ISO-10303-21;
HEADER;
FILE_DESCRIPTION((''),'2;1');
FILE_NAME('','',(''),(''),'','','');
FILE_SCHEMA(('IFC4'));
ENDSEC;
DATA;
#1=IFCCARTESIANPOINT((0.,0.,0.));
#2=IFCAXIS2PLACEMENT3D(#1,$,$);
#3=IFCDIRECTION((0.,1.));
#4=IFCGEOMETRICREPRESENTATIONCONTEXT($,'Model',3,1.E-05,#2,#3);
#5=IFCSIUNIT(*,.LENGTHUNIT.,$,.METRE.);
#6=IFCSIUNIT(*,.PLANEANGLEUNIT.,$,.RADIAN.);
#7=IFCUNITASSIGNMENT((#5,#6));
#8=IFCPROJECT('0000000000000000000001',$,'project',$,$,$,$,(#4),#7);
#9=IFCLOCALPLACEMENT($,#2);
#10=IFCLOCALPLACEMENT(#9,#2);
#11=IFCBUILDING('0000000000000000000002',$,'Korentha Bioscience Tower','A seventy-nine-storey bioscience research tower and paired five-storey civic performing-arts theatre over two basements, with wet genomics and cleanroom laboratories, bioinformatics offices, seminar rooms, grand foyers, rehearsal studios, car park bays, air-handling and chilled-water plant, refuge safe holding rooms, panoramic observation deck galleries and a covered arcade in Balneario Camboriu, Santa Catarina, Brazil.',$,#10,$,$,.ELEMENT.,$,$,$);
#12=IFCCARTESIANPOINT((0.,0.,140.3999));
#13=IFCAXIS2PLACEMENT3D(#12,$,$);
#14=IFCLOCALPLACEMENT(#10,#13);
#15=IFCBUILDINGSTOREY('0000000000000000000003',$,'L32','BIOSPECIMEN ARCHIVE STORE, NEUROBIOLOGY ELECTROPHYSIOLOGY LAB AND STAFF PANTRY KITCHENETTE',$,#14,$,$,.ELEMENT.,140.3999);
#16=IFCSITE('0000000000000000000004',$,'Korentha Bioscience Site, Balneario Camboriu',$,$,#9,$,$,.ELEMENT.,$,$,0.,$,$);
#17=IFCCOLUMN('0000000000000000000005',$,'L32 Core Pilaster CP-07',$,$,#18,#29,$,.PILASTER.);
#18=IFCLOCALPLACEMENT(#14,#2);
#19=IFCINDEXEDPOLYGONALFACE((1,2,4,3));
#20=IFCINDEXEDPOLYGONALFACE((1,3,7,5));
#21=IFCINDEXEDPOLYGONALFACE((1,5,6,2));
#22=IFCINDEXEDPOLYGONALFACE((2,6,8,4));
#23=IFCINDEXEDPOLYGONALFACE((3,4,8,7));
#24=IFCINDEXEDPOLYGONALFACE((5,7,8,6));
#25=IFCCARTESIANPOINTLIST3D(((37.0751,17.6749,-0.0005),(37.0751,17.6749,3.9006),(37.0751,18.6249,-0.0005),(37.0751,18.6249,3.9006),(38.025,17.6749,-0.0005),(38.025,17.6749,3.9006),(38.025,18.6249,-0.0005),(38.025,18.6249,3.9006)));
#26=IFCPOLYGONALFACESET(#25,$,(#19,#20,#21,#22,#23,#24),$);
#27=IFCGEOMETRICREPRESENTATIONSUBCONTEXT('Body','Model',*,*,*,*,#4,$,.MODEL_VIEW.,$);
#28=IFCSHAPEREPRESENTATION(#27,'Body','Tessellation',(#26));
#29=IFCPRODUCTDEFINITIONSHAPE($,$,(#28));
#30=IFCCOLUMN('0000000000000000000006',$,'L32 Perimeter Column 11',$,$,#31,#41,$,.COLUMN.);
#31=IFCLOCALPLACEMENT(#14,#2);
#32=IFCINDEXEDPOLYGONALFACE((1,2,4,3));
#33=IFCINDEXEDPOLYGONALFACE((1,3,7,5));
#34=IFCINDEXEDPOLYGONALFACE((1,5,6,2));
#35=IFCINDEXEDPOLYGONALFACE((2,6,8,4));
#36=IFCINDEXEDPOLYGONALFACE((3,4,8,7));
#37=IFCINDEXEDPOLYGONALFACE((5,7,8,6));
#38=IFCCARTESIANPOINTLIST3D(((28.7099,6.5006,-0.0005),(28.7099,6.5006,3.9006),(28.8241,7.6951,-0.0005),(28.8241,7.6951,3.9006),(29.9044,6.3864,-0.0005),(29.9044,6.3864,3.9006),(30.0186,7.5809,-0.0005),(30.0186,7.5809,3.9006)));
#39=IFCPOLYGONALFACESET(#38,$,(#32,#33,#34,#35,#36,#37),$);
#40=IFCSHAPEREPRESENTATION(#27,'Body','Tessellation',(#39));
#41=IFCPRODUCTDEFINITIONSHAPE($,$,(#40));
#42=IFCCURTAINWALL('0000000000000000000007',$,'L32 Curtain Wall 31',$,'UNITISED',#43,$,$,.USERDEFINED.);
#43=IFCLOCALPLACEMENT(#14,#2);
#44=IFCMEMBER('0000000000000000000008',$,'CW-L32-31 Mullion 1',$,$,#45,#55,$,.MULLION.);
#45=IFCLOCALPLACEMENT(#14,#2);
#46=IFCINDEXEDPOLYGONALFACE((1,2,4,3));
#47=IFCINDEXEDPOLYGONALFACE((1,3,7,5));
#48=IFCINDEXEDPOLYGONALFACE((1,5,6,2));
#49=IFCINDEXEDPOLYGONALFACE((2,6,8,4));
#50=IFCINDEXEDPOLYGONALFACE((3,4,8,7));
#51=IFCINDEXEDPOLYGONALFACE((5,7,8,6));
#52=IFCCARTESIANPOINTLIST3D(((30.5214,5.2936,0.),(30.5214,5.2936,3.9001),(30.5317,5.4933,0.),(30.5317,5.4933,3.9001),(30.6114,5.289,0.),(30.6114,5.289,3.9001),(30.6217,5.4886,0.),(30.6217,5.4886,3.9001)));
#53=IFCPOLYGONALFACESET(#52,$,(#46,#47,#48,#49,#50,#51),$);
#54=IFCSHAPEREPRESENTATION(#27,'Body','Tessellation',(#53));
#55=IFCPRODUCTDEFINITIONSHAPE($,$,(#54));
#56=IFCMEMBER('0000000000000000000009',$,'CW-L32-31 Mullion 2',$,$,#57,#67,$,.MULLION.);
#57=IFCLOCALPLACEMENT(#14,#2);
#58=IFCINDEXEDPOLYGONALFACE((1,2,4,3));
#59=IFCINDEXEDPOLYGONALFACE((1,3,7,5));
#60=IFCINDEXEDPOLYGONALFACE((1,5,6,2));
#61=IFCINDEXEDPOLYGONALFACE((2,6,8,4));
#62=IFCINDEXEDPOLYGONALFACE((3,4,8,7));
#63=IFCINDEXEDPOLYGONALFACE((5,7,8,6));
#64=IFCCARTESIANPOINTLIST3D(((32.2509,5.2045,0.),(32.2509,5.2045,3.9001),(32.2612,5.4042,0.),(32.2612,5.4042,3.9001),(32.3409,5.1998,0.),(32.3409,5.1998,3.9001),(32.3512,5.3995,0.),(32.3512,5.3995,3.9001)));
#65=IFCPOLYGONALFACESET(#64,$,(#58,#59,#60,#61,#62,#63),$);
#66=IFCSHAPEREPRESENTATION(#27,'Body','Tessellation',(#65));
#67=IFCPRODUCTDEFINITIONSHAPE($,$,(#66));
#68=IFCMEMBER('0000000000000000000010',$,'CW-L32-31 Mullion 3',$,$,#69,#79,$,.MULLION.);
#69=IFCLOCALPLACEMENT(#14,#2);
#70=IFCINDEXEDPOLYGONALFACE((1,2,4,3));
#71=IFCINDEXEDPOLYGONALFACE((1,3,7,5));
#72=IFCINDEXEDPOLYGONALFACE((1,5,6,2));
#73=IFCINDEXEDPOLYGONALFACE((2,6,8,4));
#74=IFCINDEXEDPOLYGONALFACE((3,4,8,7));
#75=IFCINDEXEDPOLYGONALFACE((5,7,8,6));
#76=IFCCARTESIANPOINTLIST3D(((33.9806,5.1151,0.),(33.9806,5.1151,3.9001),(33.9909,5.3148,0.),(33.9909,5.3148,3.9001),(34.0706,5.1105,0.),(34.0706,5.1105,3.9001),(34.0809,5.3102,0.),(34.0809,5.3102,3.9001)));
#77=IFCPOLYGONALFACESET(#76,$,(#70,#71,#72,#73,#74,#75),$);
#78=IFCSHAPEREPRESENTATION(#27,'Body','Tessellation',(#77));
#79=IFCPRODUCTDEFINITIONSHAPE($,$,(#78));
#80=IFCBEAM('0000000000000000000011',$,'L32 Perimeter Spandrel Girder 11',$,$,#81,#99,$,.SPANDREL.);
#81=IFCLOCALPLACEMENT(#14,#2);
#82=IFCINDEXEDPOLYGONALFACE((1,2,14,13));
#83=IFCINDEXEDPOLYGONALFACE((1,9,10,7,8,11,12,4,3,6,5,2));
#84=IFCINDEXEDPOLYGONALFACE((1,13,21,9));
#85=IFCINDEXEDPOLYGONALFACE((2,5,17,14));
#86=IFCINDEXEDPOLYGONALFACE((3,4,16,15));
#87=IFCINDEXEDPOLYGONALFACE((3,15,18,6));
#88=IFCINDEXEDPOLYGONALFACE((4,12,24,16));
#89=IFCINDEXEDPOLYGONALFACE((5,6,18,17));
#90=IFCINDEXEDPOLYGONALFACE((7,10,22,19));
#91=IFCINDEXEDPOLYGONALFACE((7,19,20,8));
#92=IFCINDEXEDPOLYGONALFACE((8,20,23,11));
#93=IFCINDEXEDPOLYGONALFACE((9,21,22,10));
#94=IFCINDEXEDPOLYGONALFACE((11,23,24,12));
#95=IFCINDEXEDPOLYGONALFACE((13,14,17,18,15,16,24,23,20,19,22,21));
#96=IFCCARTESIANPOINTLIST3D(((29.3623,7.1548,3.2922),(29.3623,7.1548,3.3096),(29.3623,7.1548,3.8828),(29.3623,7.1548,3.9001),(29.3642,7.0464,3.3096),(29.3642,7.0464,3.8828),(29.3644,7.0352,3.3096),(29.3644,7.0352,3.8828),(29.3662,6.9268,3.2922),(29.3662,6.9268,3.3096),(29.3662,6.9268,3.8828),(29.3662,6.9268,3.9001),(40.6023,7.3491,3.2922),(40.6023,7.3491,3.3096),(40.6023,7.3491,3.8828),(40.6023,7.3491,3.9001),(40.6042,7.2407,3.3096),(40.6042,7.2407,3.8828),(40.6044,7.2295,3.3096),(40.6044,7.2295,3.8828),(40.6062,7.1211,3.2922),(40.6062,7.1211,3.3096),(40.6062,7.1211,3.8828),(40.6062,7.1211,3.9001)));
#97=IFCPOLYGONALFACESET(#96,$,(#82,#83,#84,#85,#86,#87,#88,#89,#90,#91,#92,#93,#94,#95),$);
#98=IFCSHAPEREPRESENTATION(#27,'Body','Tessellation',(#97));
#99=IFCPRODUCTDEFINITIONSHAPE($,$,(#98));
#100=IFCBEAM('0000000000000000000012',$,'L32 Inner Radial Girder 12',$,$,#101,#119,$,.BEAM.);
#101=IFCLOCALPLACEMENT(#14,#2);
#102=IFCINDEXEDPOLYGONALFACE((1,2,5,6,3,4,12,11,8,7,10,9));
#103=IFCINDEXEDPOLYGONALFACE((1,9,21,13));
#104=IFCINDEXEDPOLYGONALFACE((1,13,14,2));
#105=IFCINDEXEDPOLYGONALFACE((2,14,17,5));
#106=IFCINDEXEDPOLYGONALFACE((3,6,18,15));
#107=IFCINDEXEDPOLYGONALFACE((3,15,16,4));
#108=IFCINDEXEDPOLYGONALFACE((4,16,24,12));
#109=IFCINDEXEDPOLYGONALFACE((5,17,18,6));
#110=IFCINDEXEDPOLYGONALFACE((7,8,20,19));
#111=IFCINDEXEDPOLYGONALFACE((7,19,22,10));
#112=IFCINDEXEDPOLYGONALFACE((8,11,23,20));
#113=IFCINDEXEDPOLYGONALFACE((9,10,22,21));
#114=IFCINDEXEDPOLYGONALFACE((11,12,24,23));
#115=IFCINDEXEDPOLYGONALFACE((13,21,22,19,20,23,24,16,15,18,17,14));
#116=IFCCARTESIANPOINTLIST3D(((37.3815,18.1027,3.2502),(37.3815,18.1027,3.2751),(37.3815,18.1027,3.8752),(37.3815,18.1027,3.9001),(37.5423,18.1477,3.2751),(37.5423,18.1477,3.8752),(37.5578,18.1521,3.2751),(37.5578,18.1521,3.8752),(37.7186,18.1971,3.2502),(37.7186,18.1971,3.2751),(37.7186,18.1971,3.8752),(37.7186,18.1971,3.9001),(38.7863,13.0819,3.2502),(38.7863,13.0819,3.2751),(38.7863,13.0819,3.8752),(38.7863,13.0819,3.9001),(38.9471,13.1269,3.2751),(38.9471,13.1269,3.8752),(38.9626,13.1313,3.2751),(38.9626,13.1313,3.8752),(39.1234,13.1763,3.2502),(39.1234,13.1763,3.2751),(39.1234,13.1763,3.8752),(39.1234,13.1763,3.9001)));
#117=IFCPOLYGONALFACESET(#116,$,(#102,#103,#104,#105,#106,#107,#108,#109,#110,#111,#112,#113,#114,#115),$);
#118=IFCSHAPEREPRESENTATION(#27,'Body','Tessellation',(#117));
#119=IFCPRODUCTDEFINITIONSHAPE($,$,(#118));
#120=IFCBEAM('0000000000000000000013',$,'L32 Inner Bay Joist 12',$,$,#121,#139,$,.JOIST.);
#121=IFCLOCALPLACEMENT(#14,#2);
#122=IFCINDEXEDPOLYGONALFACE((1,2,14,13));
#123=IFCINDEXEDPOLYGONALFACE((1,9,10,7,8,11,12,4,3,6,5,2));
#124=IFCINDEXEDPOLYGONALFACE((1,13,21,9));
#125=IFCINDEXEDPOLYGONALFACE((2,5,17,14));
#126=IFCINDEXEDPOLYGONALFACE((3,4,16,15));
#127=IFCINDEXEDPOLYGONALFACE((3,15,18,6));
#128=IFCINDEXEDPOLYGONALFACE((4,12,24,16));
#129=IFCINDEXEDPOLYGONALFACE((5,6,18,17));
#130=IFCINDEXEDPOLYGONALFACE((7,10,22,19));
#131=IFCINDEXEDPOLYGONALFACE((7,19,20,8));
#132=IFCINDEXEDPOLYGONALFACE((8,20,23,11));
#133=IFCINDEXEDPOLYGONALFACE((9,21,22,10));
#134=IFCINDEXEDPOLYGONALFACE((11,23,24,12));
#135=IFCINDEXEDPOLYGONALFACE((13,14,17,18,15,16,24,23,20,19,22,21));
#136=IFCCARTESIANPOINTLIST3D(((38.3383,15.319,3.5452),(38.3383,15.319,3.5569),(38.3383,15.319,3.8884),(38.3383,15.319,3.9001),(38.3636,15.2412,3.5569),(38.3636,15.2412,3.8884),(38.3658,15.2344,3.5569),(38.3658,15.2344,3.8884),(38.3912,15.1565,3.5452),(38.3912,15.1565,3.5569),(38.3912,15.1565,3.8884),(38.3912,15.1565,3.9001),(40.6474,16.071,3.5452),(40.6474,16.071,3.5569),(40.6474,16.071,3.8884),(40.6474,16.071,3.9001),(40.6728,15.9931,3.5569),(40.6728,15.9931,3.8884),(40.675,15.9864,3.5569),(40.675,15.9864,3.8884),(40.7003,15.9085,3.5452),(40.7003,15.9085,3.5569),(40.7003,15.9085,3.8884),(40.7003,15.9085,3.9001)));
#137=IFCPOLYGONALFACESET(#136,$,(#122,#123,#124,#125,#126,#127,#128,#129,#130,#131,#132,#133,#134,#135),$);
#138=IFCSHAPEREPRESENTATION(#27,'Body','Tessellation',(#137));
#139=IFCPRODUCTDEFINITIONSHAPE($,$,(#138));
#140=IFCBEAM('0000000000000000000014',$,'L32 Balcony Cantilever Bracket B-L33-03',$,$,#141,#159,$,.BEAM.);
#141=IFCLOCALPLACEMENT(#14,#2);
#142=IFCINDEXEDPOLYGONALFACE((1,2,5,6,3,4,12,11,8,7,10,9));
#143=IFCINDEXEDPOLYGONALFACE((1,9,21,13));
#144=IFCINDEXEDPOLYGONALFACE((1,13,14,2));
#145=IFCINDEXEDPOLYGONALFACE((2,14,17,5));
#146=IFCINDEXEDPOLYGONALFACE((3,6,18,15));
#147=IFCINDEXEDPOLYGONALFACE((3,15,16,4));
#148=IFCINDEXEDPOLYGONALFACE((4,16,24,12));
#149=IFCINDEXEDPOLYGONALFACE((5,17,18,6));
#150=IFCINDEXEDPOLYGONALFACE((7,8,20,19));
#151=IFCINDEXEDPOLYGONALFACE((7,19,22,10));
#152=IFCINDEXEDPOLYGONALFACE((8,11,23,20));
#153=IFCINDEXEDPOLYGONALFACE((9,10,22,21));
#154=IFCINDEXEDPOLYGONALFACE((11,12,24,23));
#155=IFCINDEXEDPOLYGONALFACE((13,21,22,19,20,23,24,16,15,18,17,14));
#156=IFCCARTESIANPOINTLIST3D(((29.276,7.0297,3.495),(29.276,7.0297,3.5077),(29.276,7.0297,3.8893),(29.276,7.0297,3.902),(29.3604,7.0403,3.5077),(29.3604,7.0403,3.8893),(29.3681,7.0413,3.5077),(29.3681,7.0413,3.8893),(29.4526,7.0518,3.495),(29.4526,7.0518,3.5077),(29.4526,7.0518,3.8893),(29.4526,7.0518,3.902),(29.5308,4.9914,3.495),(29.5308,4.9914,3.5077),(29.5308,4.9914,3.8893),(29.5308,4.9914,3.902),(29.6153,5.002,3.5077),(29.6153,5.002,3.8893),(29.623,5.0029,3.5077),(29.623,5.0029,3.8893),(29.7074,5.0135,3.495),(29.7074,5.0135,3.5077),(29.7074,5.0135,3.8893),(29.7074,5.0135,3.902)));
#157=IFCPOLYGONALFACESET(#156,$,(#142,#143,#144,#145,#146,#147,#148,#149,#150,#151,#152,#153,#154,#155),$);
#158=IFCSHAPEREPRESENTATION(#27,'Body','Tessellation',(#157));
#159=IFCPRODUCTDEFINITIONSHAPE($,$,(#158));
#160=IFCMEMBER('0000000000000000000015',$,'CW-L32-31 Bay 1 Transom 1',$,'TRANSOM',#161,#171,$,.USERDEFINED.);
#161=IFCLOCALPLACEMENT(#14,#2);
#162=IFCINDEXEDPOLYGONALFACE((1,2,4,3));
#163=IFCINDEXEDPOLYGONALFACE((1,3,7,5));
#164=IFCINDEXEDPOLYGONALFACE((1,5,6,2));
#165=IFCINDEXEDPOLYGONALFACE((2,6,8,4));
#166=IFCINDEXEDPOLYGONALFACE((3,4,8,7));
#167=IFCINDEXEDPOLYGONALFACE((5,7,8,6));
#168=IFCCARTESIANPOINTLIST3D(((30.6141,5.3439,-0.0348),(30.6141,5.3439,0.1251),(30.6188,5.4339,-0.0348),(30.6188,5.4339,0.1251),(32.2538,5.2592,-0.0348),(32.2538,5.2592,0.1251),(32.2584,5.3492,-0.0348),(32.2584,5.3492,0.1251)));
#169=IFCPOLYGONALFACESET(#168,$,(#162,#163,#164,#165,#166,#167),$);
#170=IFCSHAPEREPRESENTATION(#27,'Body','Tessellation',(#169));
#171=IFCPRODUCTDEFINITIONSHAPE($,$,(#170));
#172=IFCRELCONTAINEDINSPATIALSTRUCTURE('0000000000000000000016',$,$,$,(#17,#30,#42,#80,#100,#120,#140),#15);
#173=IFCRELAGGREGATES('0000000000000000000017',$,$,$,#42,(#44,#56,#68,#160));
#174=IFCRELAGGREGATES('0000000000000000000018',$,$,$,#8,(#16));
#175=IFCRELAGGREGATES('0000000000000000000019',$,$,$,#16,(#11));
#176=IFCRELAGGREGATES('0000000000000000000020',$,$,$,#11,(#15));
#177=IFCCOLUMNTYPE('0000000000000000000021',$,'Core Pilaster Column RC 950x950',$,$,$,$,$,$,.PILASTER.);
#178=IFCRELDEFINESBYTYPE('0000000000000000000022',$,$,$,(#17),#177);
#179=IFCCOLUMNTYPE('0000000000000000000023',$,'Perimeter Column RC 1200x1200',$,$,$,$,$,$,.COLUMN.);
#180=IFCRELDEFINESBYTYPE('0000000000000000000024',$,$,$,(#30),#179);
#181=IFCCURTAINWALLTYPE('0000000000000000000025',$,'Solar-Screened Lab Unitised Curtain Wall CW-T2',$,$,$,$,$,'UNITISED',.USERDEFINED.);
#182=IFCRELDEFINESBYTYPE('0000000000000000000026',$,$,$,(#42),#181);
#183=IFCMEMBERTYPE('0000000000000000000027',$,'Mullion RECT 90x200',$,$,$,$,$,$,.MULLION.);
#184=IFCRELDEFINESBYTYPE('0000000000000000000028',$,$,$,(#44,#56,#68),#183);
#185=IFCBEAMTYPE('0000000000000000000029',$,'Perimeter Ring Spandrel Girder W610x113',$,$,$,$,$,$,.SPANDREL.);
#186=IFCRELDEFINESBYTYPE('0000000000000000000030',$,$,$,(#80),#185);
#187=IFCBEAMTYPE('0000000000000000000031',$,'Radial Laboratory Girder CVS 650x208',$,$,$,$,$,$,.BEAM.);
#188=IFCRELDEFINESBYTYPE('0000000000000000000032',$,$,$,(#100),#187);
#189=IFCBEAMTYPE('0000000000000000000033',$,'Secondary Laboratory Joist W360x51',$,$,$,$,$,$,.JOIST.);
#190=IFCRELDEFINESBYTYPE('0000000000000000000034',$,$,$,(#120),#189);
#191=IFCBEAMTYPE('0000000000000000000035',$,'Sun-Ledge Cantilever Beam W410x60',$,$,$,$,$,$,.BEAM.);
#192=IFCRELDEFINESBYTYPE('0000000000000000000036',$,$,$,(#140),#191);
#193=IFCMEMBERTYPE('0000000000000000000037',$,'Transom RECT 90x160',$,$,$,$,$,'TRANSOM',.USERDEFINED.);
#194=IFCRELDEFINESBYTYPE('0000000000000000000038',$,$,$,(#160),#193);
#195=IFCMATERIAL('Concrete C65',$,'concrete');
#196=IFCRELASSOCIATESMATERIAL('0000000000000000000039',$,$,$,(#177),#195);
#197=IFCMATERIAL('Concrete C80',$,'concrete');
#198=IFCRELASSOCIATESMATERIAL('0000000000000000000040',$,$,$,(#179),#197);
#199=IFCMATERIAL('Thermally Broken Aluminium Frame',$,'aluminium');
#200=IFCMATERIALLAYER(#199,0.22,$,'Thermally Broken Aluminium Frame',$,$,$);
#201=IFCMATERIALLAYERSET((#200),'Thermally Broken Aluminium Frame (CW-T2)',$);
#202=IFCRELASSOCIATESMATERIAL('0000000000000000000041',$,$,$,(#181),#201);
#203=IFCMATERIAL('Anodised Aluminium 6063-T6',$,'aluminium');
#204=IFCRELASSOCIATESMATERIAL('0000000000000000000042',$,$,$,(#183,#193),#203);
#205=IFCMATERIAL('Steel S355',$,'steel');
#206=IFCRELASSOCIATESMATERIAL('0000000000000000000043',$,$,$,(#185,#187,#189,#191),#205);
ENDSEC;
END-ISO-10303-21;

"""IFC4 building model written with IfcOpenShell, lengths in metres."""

from ifc_helpers import new_model, si_unit, direction, frame, origin, origin_2d, place, context, subcontext, project, spatial, rectangle, i_section, extrude, material, layer, layer_set, material_profile, profile_set, type_object, element, aggregate, save


model = new_model("IFC4")

# Units and contexts
model_context = context("Model", 3, precision=1e-05, world=origin(), true_north=direction((0.0, 1.0)))
body_context = subcontext(model_context, "Body", "Model", "MODEL_VIEW")
ifc_project = project(units=[si_unit("LENGTHUNIT", "METRE"), si_unit("PLANEANGLEUNIT", "RADIAN")], contexts=[model_context])

# Site, building, storey
site_placement = place(None, origin())
site = spatial("IfcSite", under=ifc_project, at=site_placement, Name="Korentha Bioscience Site, Balneario Camboriu", CompositionType="ELEMENT", RefElevation=0.0)
building_placement = place(site_placement, origin())
building = spatial("IfcBuilding", under=site, at=building_placement, Name="Korentha Bioscience Tower", Description="A seventy-nine-storey bioscience research tower and paired five-storey civic performing-arts theatre over two basements, with wet genomics and cleanroom laboratories, bioinformatics offices, seminar rooms, grand foyers, rehearsal studios, car park bays, air-handling and chilled-water plant, refuge safe holding rooms, panoramic observation deck galleries and a covered arcade in Balneario Camboriu, Santa Catarina, Brazil.", CompositionType="ELEMENT")
storey_placement = place(building_placement, frame((0.0, 0.0, 140.3999)))
storey = spatial("IfcBuildingStorey", under=building, at=storey_placement, Name="L32", Description="BIOSPECIMEN ARCHIVE STORE, NEUROBIOLOGY ELECTROPHYSIOLOGY LAB AND STAFF PANTRY KITCHENETTE", CompositionType="ELEMENT", Elevation=140.3999)

# Columns
ifc_material_1 = material(Name="Concrete C65", Category="concrete")
ifc_material_profile_1 = material_profile(ifc_material_1, rectangle(XDim=0.95, YDim=0.95, at=origin_2d()), Name="Concrete C65")
ifc_profile_set_1 = profile_set([ifc_material_profile_1], Name="Concrete C65 (COL-CP09)")
column_type_1 = type_object("IfcColumnType", Name="Core Pilaster Column RC 950x950", PredefinedType="PILASTER", material=ifc_profile_set_1)
column_1_placement = place(storey_placement, frame((37.55, 18.1499, -0.0005), z_axis=(0.0, 0.0, 1.0), x_axis=(1.0, 0.0, 0.0)))
element("IfcColumn", 1, at=column_1_placement, inside=storey, type_object=column_type_1, Name="L32 Core Pilaster CP-07", PredefinedType="PILASTER", context=body_context, shape_type="SweptSolid", body=[
    extrude(rectangle(XDim=0.95, YDim=0.95, at=origin_2d()), origin(), (0.0, 0.0, 1.0), 3.9011),
])
ifc_material_2 = material(Name="Concrete C80", Category="concrete")
ifc_material_profile_2 = material_profile(ifc_material_2, rectangle(XDim=1.2, YDim=1.2, at=origin_2d()), Name="Concrete C80")
ifc_profile_set_2 = profile_set([ifc_material_profile_2], Name="Concrete C80 (COL-P12)")
column_type_2 = type_object("IfcColumnType", Name="Perimeter Column RC 1200x1200", PredefinedType="COLUMN", material=ifc_profile_set_2)
column_2_placement = place(storey_placement, frame((29.3643, 7.0408, -0.0005), z_axis=(0.0, 0.0, 1.0), x_axis=(-0.995463, 0.095151, 0.0)))
element("IfcColumn", 2, at=column_2_placement, inside=storey, type_object=column_type_2, Name="L32 Perimeter Column 11", PredefinedType="COLUMN", context=body_context, shape_type="SweptSolid", body=[
    extrude(rectangle(XDim=1.2, YDim=1.2, at=origin_2d()), origin(), (0.0, 0.0, 1.0), 3.9011),
])

# Curtain wall, members
ifc_material_3 = material(Name="Thermally Broken Aluminium Frame", Category="aluminium")
ifc_layer_1 = layer(ifc_material_3, 0.22, Name="Thermally Broken Aluminium Frame")
ifc_layer_set_1 = layer_set([ifc_layer_1], Name="Thermally Broken Aluminium Frame (CW-T2)")
curtain_wall_type = type_object("IfcCurtainWallType", Name="Solar-Screened Lab Unitised Curtain Wall CW-T2", ElementType="UNITISED", PredefinedType="USERDEFINED", material=ifc_layer_set_1)
curtain_wall_placement = place(storey_placement, origin())
curtain_wall = element("IfcCurtainWall", 3, at=curtain_wall_placement, inside=storey, type_object=curtain_wall_type, Name="L32 Curtain Wall 31", ObjectType="UNITISED", PredefinedType="USERDEFINED")
ifc_material_4 = material(Name="Anodised Aluminium 6063-T6", Category="aluminium")
ifc_material_profile_3 = material_profile(ifc_material_4, rectangle(XDim=0.0901, YDim=0.2, at=origin_2d()), Name="Anodised Aluminium 6063-T6")
ifc_profile_set_3 = profile_set([ifc_material_profile_3], Name="Anodised Aluminium 6063-T6 (CW-MUL)")
member_type_1 = type_object("IfcMemberType", Name="Mullion RECT 90x200", PredefinedType="MULLION", material=ifc_profile_set_3)
member_1_placement = place(storey_placement, frame((30.5715, 5.3911, 0.0), z_axis=(0.0, 0.0, 1.0), x_axis=(0.998673, -0.051495, 0.0)))
member_1 = element("IfcMember", 4, at=member_1_placement, type_object=member_type_1, Name="CW-L32-31 Mullion 1", PredefinedType="MULLION", context=body_context, shape_type="SweptSolid", body=[
    extrude(rectangle(XDim=0.0901, YDim=0.2, at=origin_2d()), origin(), (0.0, 0.0, 1.0), 3.9001),
])
member_2_placement = place(storey_placement, frame((32.301, 5.302, 0.0), z_axis=(0.0, 0.0, 1.0), x_axis=(0.998673, -0.051495, 0.0)))
member_2 = element("IfcMember", 5, at=member_2_placement, type_object=member_type_1, Name="CW-L32-31 Mullion 2", PredefinedType="MULLION", context=body_context, shape_type="SweptSolid", body=[
    extrude(rectangle(XDim=0.0901, YDim=0.2, at=origin_2d()), origin(), (0.0, 0.0, 1.0), 3.9001),
])
member_3_placement = place(storey_placement, frame((34.0308, 5.2126, 0.0), z_axis=(0.0, 0.0, 1.0), x_axis=(0.998673, -0.051495, 0.0)))
member_3 = element("IfcMember", 6, at=member_3_placement, type_object=member_type_1, Name="CW-L32-31 Mullion 3", PredefinedType="MULLION", context=body_context, shape_type="SweptSolid", body=[
    extrude(rectangle(XDim=0.0901, YDim=0.2, at=origin_2d()), origin(), (0.0, 0.0, 1.0), 3.9001),
])

# Beams
ifc_material_5 = material(Name="Steel S355", Category="steel")
ifc_material_profile_4 = material_profile(ifc_material_5, i_section(OverallWidth=0.228, OverallDepth=0.6079, WebThickness=0.0112, FlangeThickness=0.0173, at=origin_2d()), Name="Steel S355")
ifc_profile_set_4 = profile_set([ifc_material_profile_4], Name="Steel S355 (SB-610)")
beam_type_1 = type_object("IfcBeamType", Name="Perimeter Ring Spandrel Girder W610x113", PredefinedType="SPANDREL", material=ifc_profile_set_4)
beam_1_placement = place(storey_placement, frame((29.3643, 7.0408, 3.5962), z_axis=(0.999851, 0.017287, 0.0), x_axis=(-0.017287, 0.999851, 0.0)))
element("IfcBeam", 7, at=beam_1_placement, inside=storey, type_object=beam_type_1, Name="L32 Perimeter Spandrel Girder 11", PredefinedType="SPANDREL", context=body_context, shape_type="SweptSolid", body=[
    extrude(i_section(OverallWidth=0.228, OverallDepth=0.6079, WebThickness=0.0112, FlangeThickness=0.0173, at=origin_2d()), origin(), (0.0, 0.0, 1.0), 11.2417),
])
ifc_material_profile_5 = material_profile(ifc_material_5, i_section(OverallWidth=0.3501, OverallDepth=0.6499, WebThickness=0.0161, FlangeThickness=0.0249, at=origin_2d()), Name="Steel S355")
ifc_profile_set_5 = profile_set([ifc_material_profile_5], Name="Steel S355 (RB-650)")
beam_type_2 = type_object("IfcBeamType", Name="Radial Laboratory Girder CVS 650x208", PredefinedType="BEAM", material=ifc_profile_set_5)
beam_2_placement = place(storey_placement, frame((37.55, 18.1499, 3.5752), z_axis=(0.269448, -0.963015, 0.0), x_axis=(0.963015, 0.269448, 0.0)))
element("IfcBeam", 8, at=beam_2_placement, inside=storey, type_object=beam_type_2, Name="L32 Inner Radial Girder 12", PredefinedType="BEAM", context=body_context, shape_type="SweptSolid", body=[
    extrude(i_section(OverallWidth=0.3501, OverallDepth=0.6499, WebThickness=0.0161, FlangeThickness=0.0249, at=origin_2d()), origin(), (0.0, 0.0, 1.0), 5.2136),
])
ifc_material_profile_6 = material_profile(ifc_material_5, i_section(OverallWidth=0.1709, OverallDepth=0.355, WebThickness=0.0071, FlangeThickness=0.0117, at=origin_2d()), Name="Steel S355")
ifc_profile_set_6 = profile_set([ifc_material_profile_6], Name="Steel S355 (JB-360)")
beam_type_3 = type_object("IfcBeamType", Name="Secondary Laboratory Joist W360x51", PredefinedType="JOIST", material=ifc_profile_set_6)
beam_3_placement = place(storey_placement, frame((38.3647, 15.2378, 3.7227), z_axis=(0.950852, 0.309645, 0.0), x_axis=(-0.309645, 0.950852, 0.0)))
element("IfcBeam", 9, at=beam_3_placement, inside=storey, type_object=beam_type_3, Name="L32 Inner Bay Joist 12", PredefinedType="JOIST", context=body_context, shape_type="SweptSolid", body=[
    extrude(i_section(OverallWidth=0.1709, OverallDepth=0.355, WebThickness=0.0071, FlangeThickness=0.0117, at=origin_2d()), origin(), (0.0, 0.0, 1.0), 2.4285),
])
ifc_material_profile_7 = material_profile(ifc_material_5, i_section(OverallWidth=0.178, OverallDepth=0.407, WebThickness=0.0078, FlangeThickness=0.0127, at=origin_2d()), Name="Steel S355")
ifc_profile_set_7 = profile_set([ifc_material_profile_7], Name="Steel S355 (CB-410)")
beam_type_4 = type_object("IfcBeamType", Name="Sun-Ledge Cantilever Beam W410x60", PredefinedType="BEAM", material=ifc_profile_set_7)
beam_4_placement = place(storey_placement, frame((29.3643, 7.0408, 3.6985), z_axis=(0.124079, -0.992272, 0.0), x_axis=(0.992272, 0.124079, 0.0)))
element("IfcBeam", 10, at=beam_4_placement, inside=storey, type_object=beam_type_4, Name="L32 Balcony Cantilever Bracket B-L33-03", PredefinedType="BEAM", context=body_context, shape_type="SweptSolid", body=[
    extrude(i_section(OverallWidth=0.178, OverallDepth=0.407, WebThickness=0.0078, FlangeThickness=0.0127, at=origin_2d()), origin(), (0.0, 0.0, 1.0), 2.0542),
])

# Member
ifc_material_profile_8 = material_profile(ifc_material_4, rectangle(XDim=0.0901, YDim=0.1599, at=origin_2d()), Name="Anodised Aluminium 6063-T6")
ifc_profile_set_8 = profile_set([ifc_material_profile_8], Name="Anodised Aluminium 6063-T6 (CW-TRN)")
member_type_2 = type_object("IfcMemberType", Name="Transom RECT 90x160", ElementType="TRANSOM", PredefinedType="USERDEFINED", material=ifc_profile_set_8)
member_4_placement = place(storey_placement, frame((30.6165, 5.3889, 0.0452), z_axis=(0.998668, -0.051599, 0.0), x_axis=(0.051599, 0.998668, 0.0)))
member_4 = element("IfcMember", 11, at=member_4_placement, type_object=member_type_2, Name="CW-L32-31 Bay 1 Transom 1", ObjectType="TRANSOM", PredefinedType="USERDEFINED", context=body_context, shape_type="SweptSolid", body=[
    extrude(rectangle(XDim=0.0901, YDim=0.1599, at=origin_2d()), origin(), (0.0, 0.0, 1.0), 1.6418),
])

aggregate(curtain_wall, [member_1, member_2, member_3, member_4])

save(model, "model.ifc")
